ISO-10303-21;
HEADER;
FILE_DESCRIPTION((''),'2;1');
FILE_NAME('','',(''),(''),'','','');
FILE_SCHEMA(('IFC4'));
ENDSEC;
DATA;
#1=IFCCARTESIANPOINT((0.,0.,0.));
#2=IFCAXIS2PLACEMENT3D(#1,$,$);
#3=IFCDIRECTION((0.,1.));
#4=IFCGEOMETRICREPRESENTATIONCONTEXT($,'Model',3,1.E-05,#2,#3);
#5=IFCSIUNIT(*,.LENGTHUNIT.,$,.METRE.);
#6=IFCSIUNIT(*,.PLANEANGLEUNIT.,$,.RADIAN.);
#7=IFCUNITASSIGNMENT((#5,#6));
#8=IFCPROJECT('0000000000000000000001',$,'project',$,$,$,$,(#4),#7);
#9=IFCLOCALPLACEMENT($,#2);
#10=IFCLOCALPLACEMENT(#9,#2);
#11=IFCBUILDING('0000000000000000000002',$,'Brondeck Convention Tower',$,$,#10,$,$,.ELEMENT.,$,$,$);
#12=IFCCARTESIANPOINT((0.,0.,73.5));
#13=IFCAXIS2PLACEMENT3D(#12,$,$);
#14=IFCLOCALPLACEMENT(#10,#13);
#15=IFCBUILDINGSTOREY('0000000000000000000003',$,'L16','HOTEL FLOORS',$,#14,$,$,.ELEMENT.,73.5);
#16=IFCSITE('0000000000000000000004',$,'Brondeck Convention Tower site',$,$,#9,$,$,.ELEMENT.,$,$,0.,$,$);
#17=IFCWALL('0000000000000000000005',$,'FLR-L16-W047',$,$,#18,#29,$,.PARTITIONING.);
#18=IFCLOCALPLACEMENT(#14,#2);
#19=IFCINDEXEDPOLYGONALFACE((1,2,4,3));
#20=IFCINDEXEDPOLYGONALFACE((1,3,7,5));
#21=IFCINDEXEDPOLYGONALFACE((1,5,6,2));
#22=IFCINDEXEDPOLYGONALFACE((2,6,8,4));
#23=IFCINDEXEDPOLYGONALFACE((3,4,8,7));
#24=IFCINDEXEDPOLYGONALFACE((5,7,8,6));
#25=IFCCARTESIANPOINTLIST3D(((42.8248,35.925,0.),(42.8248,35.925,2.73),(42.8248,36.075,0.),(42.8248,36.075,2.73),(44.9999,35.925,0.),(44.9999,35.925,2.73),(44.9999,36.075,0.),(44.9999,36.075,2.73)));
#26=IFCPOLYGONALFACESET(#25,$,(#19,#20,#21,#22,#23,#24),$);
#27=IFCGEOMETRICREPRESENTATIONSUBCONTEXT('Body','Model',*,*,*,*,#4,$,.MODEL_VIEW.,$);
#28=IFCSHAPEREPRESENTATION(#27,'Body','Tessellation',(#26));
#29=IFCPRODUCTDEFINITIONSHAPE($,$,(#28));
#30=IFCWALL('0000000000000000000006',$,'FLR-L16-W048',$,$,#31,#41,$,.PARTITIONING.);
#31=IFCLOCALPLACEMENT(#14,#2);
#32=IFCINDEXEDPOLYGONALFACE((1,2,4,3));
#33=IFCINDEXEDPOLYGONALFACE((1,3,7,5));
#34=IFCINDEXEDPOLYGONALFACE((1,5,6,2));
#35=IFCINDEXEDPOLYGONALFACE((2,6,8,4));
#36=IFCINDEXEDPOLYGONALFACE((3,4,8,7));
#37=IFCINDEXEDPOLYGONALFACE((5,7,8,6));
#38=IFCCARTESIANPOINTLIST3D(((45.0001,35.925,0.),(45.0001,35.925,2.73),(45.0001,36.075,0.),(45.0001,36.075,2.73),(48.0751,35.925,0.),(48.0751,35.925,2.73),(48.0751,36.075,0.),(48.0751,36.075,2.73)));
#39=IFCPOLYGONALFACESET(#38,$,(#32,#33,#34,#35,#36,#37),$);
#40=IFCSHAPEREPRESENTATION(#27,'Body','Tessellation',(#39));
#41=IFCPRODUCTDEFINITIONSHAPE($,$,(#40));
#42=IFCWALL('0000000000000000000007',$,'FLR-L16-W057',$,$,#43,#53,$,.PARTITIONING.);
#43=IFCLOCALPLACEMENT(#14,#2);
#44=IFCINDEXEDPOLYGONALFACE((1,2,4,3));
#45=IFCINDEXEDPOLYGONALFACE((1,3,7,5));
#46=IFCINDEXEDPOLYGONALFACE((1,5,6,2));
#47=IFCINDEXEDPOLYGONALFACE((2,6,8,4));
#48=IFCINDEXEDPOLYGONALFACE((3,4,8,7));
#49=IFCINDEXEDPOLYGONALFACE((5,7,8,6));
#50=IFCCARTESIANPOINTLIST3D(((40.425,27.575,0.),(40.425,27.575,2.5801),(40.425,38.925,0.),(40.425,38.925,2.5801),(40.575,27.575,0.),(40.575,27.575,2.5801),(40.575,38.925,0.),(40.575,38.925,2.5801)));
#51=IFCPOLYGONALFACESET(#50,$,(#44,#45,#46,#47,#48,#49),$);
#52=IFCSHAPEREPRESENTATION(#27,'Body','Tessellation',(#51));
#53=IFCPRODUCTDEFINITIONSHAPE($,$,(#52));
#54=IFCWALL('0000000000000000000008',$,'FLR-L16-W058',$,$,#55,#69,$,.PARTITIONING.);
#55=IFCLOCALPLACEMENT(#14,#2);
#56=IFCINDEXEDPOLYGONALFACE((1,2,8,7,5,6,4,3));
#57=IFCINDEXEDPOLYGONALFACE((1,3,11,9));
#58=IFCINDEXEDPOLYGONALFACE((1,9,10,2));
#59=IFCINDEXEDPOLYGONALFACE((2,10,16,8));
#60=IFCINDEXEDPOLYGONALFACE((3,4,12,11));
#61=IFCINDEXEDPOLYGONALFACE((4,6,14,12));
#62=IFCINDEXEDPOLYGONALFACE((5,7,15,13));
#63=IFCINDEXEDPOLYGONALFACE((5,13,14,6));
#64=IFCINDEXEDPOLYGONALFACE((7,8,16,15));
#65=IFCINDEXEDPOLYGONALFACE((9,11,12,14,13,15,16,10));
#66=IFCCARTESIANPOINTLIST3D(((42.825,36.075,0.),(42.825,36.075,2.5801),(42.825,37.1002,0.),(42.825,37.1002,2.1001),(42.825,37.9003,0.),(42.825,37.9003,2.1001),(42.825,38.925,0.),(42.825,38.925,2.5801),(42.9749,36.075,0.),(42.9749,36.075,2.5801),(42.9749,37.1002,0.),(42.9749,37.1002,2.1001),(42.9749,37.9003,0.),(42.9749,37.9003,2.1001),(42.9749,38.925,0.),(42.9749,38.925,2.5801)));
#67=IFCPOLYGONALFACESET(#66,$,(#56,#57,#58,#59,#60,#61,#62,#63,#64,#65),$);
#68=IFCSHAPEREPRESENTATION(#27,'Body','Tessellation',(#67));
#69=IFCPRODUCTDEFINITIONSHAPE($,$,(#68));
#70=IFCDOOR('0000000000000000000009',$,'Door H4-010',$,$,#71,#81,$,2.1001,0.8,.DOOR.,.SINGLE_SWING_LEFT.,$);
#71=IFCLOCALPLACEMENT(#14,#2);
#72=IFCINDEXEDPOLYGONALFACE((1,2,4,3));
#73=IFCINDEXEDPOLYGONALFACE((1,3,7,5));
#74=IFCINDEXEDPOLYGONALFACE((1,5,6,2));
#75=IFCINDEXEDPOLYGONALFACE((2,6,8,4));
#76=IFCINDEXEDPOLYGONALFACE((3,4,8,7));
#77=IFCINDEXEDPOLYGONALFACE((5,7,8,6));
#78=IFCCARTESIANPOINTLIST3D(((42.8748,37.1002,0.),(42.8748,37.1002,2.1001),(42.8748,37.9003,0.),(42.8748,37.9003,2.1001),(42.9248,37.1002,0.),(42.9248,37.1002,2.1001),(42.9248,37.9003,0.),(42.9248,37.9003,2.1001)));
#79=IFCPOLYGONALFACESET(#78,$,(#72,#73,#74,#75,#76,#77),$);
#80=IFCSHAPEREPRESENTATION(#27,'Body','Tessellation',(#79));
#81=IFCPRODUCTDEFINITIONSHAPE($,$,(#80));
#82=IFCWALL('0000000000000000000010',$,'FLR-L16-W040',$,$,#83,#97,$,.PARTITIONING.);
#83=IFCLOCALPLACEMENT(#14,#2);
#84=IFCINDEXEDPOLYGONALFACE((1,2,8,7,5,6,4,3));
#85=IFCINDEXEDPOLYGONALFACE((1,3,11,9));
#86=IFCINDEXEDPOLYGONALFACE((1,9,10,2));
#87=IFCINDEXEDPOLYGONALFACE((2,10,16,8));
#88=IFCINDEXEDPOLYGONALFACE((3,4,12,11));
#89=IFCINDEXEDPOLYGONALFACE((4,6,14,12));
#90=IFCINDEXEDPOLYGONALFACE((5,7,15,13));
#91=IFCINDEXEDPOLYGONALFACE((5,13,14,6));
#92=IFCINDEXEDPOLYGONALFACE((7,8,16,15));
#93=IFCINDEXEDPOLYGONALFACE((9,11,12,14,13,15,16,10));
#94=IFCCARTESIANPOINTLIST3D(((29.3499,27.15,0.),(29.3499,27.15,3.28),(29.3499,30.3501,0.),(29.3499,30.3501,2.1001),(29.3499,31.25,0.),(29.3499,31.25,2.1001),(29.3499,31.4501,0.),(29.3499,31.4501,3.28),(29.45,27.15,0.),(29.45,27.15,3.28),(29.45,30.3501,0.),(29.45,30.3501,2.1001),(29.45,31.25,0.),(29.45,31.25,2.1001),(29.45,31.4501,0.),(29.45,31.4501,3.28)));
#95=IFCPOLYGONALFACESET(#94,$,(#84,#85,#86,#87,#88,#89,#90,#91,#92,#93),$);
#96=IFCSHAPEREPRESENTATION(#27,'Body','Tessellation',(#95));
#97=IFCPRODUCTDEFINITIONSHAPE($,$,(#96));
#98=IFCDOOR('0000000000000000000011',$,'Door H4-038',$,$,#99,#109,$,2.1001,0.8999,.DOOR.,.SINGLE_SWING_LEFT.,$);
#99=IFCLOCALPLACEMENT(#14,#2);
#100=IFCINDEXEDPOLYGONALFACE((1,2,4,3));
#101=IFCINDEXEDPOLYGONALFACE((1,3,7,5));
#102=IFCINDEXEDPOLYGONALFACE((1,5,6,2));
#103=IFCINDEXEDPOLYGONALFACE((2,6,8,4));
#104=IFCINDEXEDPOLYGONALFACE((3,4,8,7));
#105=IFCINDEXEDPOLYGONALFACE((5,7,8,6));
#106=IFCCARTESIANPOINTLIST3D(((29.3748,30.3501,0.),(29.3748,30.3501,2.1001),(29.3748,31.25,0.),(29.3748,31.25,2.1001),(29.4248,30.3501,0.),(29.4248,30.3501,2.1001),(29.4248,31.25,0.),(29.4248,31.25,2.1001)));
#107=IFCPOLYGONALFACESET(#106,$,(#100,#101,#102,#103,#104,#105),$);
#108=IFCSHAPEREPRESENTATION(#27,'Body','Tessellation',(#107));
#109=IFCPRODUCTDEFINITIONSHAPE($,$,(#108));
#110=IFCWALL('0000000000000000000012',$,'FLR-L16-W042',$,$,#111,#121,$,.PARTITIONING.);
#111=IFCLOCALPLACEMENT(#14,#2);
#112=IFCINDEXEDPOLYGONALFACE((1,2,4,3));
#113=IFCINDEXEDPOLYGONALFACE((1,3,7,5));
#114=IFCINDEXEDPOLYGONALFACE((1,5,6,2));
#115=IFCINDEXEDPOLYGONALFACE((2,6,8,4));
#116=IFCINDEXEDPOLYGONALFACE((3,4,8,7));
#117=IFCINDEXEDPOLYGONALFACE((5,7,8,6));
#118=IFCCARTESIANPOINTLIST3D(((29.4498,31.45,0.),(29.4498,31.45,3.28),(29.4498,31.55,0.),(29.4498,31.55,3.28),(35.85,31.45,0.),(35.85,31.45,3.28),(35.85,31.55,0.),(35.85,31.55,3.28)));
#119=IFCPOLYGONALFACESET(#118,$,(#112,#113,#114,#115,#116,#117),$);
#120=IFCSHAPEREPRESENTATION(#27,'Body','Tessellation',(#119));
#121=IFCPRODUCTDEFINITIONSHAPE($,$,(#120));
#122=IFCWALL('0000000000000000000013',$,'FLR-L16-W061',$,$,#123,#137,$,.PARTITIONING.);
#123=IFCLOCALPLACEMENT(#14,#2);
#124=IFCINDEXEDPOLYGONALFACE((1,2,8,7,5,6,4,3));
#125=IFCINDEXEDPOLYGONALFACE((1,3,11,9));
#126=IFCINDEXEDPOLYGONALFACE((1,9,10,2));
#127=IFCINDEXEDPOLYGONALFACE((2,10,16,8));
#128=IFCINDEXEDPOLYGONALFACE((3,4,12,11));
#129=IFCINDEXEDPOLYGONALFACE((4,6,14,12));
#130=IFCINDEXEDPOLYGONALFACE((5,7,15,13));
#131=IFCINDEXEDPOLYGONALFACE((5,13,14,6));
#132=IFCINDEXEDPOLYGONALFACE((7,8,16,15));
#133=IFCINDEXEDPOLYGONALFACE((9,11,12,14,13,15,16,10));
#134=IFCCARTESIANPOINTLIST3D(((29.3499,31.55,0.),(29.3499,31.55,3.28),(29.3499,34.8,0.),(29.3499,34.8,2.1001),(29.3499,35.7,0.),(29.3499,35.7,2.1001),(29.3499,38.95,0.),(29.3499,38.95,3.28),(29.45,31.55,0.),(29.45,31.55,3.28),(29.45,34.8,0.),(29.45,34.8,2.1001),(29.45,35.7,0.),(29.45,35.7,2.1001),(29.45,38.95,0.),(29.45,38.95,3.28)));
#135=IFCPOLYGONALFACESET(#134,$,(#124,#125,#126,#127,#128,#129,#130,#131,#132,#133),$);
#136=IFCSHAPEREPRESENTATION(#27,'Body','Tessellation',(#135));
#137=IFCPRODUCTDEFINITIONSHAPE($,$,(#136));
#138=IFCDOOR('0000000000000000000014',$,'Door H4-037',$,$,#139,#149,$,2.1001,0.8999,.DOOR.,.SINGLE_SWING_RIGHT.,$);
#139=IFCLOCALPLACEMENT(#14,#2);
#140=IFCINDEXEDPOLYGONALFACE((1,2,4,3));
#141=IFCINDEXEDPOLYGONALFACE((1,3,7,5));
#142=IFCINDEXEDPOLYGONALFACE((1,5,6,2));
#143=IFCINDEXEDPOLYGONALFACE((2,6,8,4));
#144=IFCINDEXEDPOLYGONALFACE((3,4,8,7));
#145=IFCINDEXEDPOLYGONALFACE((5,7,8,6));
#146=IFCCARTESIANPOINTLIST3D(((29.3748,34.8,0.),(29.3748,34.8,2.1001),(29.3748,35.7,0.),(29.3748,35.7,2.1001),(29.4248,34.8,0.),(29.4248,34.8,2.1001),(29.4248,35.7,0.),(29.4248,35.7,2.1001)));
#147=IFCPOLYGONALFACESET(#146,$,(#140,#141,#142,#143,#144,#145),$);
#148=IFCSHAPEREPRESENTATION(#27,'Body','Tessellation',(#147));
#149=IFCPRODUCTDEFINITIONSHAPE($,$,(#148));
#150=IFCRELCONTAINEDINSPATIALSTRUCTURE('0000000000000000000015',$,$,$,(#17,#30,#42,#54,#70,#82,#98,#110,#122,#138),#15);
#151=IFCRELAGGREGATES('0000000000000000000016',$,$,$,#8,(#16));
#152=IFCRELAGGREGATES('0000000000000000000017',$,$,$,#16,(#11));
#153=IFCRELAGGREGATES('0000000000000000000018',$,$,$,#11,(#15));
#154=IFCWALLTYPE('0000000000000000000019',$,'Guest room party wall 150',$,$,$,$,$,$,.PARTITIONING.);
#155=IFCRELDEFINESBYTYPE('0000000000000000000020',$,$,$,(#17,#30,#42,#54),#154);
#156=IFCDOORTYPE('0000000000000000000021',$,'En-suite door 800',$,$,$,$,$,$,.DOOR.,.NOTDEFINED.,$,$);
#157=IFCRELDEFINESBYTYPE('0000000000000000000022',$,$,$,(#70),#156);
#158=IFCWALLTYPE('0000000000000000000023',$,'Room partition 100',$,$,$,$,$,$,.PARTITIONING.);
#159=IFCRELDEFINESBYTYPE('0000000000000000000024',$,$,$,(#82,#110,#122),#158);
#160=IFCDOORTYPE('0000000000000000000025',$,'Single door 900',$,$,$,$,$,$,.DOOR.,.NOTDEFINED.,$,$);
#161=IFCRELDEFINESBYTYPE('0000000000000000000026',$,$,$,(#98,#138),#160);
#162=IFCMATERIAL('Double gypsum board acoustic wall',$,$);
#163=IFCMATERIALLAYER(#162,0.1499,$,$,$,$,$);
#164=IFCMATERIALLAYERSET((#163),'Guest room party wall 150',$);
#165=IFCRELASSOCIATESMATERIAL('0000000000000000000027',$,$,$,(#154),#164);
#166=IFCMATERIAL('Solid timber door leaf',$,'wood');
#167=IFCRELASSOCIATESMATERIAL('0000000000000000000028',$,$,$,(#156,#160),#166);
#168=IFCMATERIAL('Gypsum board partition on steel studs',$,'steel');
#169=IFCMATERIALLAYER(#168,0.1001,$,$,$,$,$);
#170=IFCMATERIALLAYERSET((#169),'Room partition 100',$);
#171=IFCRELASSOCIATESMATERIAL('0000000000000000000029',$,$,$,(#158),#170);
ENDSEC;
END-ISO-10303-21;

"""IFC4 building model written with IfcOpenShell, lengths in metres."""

from ifc_helpers import new_model, si_unit, direction, frame, frame_2d, origin, place, context, subcontext, project, spatial, rectangle, extrude, material, layer, layer_set, type_object, element, fill, save


model = new_model("IFC4")

# Units and contexts
model_context = context("Model", 3, precision=1e-05, world=origin(), true_north=direction((0.0, 1.0)))
body_context = subcontext(model_context, "Body", "Model", "MODEL_VIEW")
ifc_project = project(units=[si_unit("LENGTHUNIT", "METRE"), si_unit("PLANEANGLEUNIT", "RADIAN")], contexts=[model_context])

# Site, building, storey
site_placement = place(None, origin())
site = spatial("IfcSite", under=ifc_project, at=site_placement, Name="Brondeck Convention Tower site", CompositionType="ELEMENT", RefElevation=0.0)
building_placement = place(site_placement, origin())
building = spatial("IfcBuilding", under=site, at=building_placement, Name="Brondeck Convention Tower", CompositionType="ELEMENT")
storey_placement = place(building_placement, frame((0.0, 0.0, 73.5)))
storey = spatial("IfcBuildingStorey", under=building, at=storey_placement, Name="L16", Description="HOTEL FLOORS", CompositionType="ELEMENT", Elevation=73.5)

# Walls
ifc_material_1 = material(Name="Double gypsum board acoustic wall")
ifc_layer_1 = layer(ifc_material_1, 0.1499)
ifc_layer_set_1 = layer_set([ifc_layer_1], Name="Guest room party wall 150")
wall_type_1 = type_object("IfcWallType", Name="Guest room party wall 150", PredefinedType="PARTITIONING", material=ifc_layer_set_1)
wall_1_placement = place(storey_placement, frame((42.825, 36.0, 0.0), z_axis=(0.0, 0.0, 1.0), x_axis=(1.0, 0.0, 0.0)))
element("IfcWall", 1, at=wall_1_placement, inside=storey, type_object=wall_type_1, Name="FLR-L16-W047", PredefinedType="PARTITIONING", context=body_context, shape_type="SweptSolid", body=[
    extrude(rectangle(XDim=2.175, YDim=0.1499, at=frame_2d((1.0874, 0.0))), origin(), (0.0, 0.0, 1.0), 2.73),
])
wall_2_placement = place(storey_placement, frame((45.0, 36.0, 0.0), z_axis=(0.0, 0.0, 1.0), x_axis=(1.0, 0.0, 0.0)))
element("IfcWall", 2, at=wall_2_placement, inside=storey, type_object=wall_type_1, Name="FLR-L16-W048", PredefinedType="PARTITIONING", context=body_context, shape_type="SweptSolid", body=[
    extrude(rectangle(XDim=3.075, YDim=0.1499, at=frame_2d((1.5376, 0.0))), origin(), (0.0, 0.0, 1.0), 2.73),
])
wall_3_placement = place(storey_placement, frame((40.5, 38.925, 0.0), z_axis=(0.0, 0.0, 1.0), x_axis=(0.0, -1.0, 0.0)))
element("IfcWall", 3, at=wall_3_placement, inside=storey, type_object=wall_type_1, Name="FLR-L16-W057", PredefinedType="PARTITIONING", context=body_context, shape_type="SweptSolid", body=[
    extrude(rectangle(XDim=11.3501, YDim=0.1499, at=frame_2d((5.675, 0.0))), origin(), (0.0, 0.0, 1.0), 2.5801),
])

# Walls, openings, doors
wall_4_placement = place(storey_placement, frame((42.8999, 38.925, 0.0), z_axis=(0.0, 0.0, 1.0), x_axis=(0.0, -1.0, 0.0)))
wall_4 = element("IfcWall", 4, at=wall_4_placement, inside=storey, type_object=wall_type_1, Name="FLR-L16-W058", PredefinedType="PARTITIONING", context=body_context, shape_type="SweptSolid", body=[
    extrude(rectangle(XDim=2.8501, YDim=0.1499, at=frame_2d((1.425, 0.0))), origin(), (0.0, 0.0, 1.0), 2.5801),
])
opening_1_placement = place(wall_4_placement, frame((1.0249, 0.0, 0.0)))
opening_1 = element("IfcOpeningElement", 5, at=opening_1_placement, cuts=wall_4, PredefinedType="OPENING", context=body_context, shape_type="SweptSolid", body=[
    extrude(rectangle(XDim=0.8, YDim=2.1001, at=frame_2d((0.3999, 1.05))), frame((0.0, 0.085, 0.0), z_axis=(0.0, -1.0, 0.0), x_axis=(1.0, 0.0, 0.0)), (0.0, 0.0, 1.0), 0.1699),
])
ifc_material_2 = material(Name="Solid timber door leaf", Category="wood")
door_type_1 = type_object("IfcDoorType", Name="En-suite door 800", OperationType="NOTDEFINED", PredefinedType="DOOR", material=ifc_material_2)
door_1_placement = place(opening_1_placement, origin())
door_1 = element("IfcDoor", 6, at=door_1_placement, inside=storey, type_object=door_type_1, Name="Door H4-010", OperationType="SINGLE_SWING_LEFT", OverallHeight=2.1001, OverallWidth=0.8, PredefinedType="DOOR", context=body_context, shape_type="SweptSolid", body=[
    extrude(rectangle(XDim=0.8, YDim=2.1001, at=frame_2d((0.3999, 1.05))), frame((0.0, 0.0249, 0.0), z_axis=(0.0, -1.0, 0.0), x_axis=(1.0, 0.0, 0.0)), (0.0, 0.0, 1.0), 0.05),
])
fill(opening_1, door_1)
ifc_material_3 = material(Name="Gypsum board partition on steel studs", Category="steel")
ifc_layer_2 = layer(ifc_material_3, 0.1001)
ifc_layer_set_2 = layer_set([ifc_layer_2], Name="Room partition 100")
wall_type_2 = type_object("IfcWallType", Name="Room partition 100", PredefinedType="PARTITIONING", material=ifc_layer_set_2)
wall_5_placement = place(storey_placement, frame((29.3999, 31.45, 0.0), z_axis=(0.0, 0.0, 1.0), x_axis=(0.0, -1.0, 0.0)))
wall_5 = element("IfcWall", 7, at=wall_5_placement, inside=storey, type_object=wall_type_2, Name="FLR-L16-W040", PredefinedType="PARTITIONING", context=body_context, shape_type="SweptSolid", body=[
    extrude(rectangle(XDim=4.3, YDim=0.1001, at=frame_2d((2.1499, 0.0))), origin(), (0.0, 0.0, 1.0), 3.28),
])
opening_2_placement = place(wall_5_placement, frame((0.2, 0.0, 0.0)))
opening_2 = element("IfcOpeningElement", 8, at=opening_2_placement, cuts=wall_5, PredefinedType="OPENING", context=body_context, shape_type="SweptSolid", body=[
    extrude(rectangle(XDim=0.8999, YDim=2.1001, at=frame_2d((0.45, 1.05))), frame((0.0, 0.0601, 0.0), z_axis=(0.0, -1.0, 0.0), x_axis=(1.0, 0.0, 0.0)), (0.0, 0.0, 1.0), 0.1201),
])
door_type_2 = type_object("IfcDoorType", Name="Single door 900", OperationType="NOTDEFINED", PredefinedType="DOOR", material=ifc_material_2)
door_2_placement = place(opening_2_placement, origin())
door_2 = element("IfcDoor", 9, at=door_2_placement, inside=storey, type_object=door_type_2, Name="Door H4-038", OperationType="SINGLE_SWING_LEFT", OverallHeight=2.1001, OverallWidth=0.8999, PredefinedType="DOOR", context=body_context, shape_type="SweptSolid", body=[
    extrude(rectangle(XDim=0.8999, YDim=2.1001, at=frame_2d((0.45, 1.05))), frame((0.0, 0.0249, 0.0), z_axis=(0.0, -1.0, 0.0), x_axis=(1.0, 0.0, 0.0)), (0.0, 0.0, 1.0), 0.05),
])
fill(opening_2, door_2)

# Wall
wall_6_placement = place(storey_placement, frame((35.8501, 31.5, 0.0), z_axis=(0.0, 0.0, 1.0), x_axis=(-1.0, 0.0, 0.0)))
element("IfcWall", 10, at=wall_6_placement, inside=storey, type_object=wall_type_2, Name="FLR-L16-W042", PredefinedType="PARTITIONING", context=body_context, shape_type="SweptSolid", body=[
    extrude(rectangle(XDim=6.4001, YDim=0.1001, at=frame_2d((3.2002, 0.0))), origin(), (0.0, 0.0, 1.0), 3.28),
])

# Wall, opening, door
wall_7_placement = place(storey_placement, frame((29.3999, 38.95, 0.0), z_axis=(0.0, 0.0, 1.0), x_axis=(0.0, -1.0, 0.0)))
wall_7 = element("IfcWall", 11, at=wall_7_placement, inside=storey, type_object=wall_type_2, Name="FLR-L16-W061", PredefinedType="PARTITIONING", context=body_context, shape_type="SweptSolid", body=[
    extrude(rectangle(XDim=7.3999, YDim=0.1001, at=frame_2d((3.7, 0.0))), origin(), (0.0, 0.0, 1.0), 3.28),
])
opening_3_placement = place(wall_7_placement, frame((3.25, 0.0, 0.0)))
opening_3 = element("IfcOpeningElement", 12, at=opening_3_placement, cuts=wall_7, PredefinedType="OPENING", context=body_context, shape_type="SweptSolid", body=[
    extrude(rectangle(XDim=0.8999, YDim=2.1001, at=frame_2d((0.45, 1.05))), frame((0.0, 0.0601, 0.0), z_axis=(0.0, -1.0, 0.0), x_axis=(1.0, 0.0, 0.0)), (0.0, 0.0, 1.0), 0.1201),
])
door_3_placement = place(opening_3_placement, origin())
door_3 = element("IfcDoor", 13, at=door_3_placement, inside=storey, type_object=door_type_2, Name="Door H4-037", OperationType="SINGLE_SWING_RIGHT", OverallHeight=2.1001, OverallWidth=0.8999, PredefinedType="DOOR", context=body_context, shape_type="SweptSolid", body=[
    extrude(rectangle(XDim=0.8999, YDim=2.1001, at=frame_2d((0.45, 1.05))), frame((0.0, 0.0249, 0.0), z_axis=(0.0, -1.0, 0.0), x_axis=(1.0, 0.0, 0.0)), (0.0, 0.0, 1.0), 0.05),
])
fill(opening_3, door_3)

save(model, "model.ifc")
